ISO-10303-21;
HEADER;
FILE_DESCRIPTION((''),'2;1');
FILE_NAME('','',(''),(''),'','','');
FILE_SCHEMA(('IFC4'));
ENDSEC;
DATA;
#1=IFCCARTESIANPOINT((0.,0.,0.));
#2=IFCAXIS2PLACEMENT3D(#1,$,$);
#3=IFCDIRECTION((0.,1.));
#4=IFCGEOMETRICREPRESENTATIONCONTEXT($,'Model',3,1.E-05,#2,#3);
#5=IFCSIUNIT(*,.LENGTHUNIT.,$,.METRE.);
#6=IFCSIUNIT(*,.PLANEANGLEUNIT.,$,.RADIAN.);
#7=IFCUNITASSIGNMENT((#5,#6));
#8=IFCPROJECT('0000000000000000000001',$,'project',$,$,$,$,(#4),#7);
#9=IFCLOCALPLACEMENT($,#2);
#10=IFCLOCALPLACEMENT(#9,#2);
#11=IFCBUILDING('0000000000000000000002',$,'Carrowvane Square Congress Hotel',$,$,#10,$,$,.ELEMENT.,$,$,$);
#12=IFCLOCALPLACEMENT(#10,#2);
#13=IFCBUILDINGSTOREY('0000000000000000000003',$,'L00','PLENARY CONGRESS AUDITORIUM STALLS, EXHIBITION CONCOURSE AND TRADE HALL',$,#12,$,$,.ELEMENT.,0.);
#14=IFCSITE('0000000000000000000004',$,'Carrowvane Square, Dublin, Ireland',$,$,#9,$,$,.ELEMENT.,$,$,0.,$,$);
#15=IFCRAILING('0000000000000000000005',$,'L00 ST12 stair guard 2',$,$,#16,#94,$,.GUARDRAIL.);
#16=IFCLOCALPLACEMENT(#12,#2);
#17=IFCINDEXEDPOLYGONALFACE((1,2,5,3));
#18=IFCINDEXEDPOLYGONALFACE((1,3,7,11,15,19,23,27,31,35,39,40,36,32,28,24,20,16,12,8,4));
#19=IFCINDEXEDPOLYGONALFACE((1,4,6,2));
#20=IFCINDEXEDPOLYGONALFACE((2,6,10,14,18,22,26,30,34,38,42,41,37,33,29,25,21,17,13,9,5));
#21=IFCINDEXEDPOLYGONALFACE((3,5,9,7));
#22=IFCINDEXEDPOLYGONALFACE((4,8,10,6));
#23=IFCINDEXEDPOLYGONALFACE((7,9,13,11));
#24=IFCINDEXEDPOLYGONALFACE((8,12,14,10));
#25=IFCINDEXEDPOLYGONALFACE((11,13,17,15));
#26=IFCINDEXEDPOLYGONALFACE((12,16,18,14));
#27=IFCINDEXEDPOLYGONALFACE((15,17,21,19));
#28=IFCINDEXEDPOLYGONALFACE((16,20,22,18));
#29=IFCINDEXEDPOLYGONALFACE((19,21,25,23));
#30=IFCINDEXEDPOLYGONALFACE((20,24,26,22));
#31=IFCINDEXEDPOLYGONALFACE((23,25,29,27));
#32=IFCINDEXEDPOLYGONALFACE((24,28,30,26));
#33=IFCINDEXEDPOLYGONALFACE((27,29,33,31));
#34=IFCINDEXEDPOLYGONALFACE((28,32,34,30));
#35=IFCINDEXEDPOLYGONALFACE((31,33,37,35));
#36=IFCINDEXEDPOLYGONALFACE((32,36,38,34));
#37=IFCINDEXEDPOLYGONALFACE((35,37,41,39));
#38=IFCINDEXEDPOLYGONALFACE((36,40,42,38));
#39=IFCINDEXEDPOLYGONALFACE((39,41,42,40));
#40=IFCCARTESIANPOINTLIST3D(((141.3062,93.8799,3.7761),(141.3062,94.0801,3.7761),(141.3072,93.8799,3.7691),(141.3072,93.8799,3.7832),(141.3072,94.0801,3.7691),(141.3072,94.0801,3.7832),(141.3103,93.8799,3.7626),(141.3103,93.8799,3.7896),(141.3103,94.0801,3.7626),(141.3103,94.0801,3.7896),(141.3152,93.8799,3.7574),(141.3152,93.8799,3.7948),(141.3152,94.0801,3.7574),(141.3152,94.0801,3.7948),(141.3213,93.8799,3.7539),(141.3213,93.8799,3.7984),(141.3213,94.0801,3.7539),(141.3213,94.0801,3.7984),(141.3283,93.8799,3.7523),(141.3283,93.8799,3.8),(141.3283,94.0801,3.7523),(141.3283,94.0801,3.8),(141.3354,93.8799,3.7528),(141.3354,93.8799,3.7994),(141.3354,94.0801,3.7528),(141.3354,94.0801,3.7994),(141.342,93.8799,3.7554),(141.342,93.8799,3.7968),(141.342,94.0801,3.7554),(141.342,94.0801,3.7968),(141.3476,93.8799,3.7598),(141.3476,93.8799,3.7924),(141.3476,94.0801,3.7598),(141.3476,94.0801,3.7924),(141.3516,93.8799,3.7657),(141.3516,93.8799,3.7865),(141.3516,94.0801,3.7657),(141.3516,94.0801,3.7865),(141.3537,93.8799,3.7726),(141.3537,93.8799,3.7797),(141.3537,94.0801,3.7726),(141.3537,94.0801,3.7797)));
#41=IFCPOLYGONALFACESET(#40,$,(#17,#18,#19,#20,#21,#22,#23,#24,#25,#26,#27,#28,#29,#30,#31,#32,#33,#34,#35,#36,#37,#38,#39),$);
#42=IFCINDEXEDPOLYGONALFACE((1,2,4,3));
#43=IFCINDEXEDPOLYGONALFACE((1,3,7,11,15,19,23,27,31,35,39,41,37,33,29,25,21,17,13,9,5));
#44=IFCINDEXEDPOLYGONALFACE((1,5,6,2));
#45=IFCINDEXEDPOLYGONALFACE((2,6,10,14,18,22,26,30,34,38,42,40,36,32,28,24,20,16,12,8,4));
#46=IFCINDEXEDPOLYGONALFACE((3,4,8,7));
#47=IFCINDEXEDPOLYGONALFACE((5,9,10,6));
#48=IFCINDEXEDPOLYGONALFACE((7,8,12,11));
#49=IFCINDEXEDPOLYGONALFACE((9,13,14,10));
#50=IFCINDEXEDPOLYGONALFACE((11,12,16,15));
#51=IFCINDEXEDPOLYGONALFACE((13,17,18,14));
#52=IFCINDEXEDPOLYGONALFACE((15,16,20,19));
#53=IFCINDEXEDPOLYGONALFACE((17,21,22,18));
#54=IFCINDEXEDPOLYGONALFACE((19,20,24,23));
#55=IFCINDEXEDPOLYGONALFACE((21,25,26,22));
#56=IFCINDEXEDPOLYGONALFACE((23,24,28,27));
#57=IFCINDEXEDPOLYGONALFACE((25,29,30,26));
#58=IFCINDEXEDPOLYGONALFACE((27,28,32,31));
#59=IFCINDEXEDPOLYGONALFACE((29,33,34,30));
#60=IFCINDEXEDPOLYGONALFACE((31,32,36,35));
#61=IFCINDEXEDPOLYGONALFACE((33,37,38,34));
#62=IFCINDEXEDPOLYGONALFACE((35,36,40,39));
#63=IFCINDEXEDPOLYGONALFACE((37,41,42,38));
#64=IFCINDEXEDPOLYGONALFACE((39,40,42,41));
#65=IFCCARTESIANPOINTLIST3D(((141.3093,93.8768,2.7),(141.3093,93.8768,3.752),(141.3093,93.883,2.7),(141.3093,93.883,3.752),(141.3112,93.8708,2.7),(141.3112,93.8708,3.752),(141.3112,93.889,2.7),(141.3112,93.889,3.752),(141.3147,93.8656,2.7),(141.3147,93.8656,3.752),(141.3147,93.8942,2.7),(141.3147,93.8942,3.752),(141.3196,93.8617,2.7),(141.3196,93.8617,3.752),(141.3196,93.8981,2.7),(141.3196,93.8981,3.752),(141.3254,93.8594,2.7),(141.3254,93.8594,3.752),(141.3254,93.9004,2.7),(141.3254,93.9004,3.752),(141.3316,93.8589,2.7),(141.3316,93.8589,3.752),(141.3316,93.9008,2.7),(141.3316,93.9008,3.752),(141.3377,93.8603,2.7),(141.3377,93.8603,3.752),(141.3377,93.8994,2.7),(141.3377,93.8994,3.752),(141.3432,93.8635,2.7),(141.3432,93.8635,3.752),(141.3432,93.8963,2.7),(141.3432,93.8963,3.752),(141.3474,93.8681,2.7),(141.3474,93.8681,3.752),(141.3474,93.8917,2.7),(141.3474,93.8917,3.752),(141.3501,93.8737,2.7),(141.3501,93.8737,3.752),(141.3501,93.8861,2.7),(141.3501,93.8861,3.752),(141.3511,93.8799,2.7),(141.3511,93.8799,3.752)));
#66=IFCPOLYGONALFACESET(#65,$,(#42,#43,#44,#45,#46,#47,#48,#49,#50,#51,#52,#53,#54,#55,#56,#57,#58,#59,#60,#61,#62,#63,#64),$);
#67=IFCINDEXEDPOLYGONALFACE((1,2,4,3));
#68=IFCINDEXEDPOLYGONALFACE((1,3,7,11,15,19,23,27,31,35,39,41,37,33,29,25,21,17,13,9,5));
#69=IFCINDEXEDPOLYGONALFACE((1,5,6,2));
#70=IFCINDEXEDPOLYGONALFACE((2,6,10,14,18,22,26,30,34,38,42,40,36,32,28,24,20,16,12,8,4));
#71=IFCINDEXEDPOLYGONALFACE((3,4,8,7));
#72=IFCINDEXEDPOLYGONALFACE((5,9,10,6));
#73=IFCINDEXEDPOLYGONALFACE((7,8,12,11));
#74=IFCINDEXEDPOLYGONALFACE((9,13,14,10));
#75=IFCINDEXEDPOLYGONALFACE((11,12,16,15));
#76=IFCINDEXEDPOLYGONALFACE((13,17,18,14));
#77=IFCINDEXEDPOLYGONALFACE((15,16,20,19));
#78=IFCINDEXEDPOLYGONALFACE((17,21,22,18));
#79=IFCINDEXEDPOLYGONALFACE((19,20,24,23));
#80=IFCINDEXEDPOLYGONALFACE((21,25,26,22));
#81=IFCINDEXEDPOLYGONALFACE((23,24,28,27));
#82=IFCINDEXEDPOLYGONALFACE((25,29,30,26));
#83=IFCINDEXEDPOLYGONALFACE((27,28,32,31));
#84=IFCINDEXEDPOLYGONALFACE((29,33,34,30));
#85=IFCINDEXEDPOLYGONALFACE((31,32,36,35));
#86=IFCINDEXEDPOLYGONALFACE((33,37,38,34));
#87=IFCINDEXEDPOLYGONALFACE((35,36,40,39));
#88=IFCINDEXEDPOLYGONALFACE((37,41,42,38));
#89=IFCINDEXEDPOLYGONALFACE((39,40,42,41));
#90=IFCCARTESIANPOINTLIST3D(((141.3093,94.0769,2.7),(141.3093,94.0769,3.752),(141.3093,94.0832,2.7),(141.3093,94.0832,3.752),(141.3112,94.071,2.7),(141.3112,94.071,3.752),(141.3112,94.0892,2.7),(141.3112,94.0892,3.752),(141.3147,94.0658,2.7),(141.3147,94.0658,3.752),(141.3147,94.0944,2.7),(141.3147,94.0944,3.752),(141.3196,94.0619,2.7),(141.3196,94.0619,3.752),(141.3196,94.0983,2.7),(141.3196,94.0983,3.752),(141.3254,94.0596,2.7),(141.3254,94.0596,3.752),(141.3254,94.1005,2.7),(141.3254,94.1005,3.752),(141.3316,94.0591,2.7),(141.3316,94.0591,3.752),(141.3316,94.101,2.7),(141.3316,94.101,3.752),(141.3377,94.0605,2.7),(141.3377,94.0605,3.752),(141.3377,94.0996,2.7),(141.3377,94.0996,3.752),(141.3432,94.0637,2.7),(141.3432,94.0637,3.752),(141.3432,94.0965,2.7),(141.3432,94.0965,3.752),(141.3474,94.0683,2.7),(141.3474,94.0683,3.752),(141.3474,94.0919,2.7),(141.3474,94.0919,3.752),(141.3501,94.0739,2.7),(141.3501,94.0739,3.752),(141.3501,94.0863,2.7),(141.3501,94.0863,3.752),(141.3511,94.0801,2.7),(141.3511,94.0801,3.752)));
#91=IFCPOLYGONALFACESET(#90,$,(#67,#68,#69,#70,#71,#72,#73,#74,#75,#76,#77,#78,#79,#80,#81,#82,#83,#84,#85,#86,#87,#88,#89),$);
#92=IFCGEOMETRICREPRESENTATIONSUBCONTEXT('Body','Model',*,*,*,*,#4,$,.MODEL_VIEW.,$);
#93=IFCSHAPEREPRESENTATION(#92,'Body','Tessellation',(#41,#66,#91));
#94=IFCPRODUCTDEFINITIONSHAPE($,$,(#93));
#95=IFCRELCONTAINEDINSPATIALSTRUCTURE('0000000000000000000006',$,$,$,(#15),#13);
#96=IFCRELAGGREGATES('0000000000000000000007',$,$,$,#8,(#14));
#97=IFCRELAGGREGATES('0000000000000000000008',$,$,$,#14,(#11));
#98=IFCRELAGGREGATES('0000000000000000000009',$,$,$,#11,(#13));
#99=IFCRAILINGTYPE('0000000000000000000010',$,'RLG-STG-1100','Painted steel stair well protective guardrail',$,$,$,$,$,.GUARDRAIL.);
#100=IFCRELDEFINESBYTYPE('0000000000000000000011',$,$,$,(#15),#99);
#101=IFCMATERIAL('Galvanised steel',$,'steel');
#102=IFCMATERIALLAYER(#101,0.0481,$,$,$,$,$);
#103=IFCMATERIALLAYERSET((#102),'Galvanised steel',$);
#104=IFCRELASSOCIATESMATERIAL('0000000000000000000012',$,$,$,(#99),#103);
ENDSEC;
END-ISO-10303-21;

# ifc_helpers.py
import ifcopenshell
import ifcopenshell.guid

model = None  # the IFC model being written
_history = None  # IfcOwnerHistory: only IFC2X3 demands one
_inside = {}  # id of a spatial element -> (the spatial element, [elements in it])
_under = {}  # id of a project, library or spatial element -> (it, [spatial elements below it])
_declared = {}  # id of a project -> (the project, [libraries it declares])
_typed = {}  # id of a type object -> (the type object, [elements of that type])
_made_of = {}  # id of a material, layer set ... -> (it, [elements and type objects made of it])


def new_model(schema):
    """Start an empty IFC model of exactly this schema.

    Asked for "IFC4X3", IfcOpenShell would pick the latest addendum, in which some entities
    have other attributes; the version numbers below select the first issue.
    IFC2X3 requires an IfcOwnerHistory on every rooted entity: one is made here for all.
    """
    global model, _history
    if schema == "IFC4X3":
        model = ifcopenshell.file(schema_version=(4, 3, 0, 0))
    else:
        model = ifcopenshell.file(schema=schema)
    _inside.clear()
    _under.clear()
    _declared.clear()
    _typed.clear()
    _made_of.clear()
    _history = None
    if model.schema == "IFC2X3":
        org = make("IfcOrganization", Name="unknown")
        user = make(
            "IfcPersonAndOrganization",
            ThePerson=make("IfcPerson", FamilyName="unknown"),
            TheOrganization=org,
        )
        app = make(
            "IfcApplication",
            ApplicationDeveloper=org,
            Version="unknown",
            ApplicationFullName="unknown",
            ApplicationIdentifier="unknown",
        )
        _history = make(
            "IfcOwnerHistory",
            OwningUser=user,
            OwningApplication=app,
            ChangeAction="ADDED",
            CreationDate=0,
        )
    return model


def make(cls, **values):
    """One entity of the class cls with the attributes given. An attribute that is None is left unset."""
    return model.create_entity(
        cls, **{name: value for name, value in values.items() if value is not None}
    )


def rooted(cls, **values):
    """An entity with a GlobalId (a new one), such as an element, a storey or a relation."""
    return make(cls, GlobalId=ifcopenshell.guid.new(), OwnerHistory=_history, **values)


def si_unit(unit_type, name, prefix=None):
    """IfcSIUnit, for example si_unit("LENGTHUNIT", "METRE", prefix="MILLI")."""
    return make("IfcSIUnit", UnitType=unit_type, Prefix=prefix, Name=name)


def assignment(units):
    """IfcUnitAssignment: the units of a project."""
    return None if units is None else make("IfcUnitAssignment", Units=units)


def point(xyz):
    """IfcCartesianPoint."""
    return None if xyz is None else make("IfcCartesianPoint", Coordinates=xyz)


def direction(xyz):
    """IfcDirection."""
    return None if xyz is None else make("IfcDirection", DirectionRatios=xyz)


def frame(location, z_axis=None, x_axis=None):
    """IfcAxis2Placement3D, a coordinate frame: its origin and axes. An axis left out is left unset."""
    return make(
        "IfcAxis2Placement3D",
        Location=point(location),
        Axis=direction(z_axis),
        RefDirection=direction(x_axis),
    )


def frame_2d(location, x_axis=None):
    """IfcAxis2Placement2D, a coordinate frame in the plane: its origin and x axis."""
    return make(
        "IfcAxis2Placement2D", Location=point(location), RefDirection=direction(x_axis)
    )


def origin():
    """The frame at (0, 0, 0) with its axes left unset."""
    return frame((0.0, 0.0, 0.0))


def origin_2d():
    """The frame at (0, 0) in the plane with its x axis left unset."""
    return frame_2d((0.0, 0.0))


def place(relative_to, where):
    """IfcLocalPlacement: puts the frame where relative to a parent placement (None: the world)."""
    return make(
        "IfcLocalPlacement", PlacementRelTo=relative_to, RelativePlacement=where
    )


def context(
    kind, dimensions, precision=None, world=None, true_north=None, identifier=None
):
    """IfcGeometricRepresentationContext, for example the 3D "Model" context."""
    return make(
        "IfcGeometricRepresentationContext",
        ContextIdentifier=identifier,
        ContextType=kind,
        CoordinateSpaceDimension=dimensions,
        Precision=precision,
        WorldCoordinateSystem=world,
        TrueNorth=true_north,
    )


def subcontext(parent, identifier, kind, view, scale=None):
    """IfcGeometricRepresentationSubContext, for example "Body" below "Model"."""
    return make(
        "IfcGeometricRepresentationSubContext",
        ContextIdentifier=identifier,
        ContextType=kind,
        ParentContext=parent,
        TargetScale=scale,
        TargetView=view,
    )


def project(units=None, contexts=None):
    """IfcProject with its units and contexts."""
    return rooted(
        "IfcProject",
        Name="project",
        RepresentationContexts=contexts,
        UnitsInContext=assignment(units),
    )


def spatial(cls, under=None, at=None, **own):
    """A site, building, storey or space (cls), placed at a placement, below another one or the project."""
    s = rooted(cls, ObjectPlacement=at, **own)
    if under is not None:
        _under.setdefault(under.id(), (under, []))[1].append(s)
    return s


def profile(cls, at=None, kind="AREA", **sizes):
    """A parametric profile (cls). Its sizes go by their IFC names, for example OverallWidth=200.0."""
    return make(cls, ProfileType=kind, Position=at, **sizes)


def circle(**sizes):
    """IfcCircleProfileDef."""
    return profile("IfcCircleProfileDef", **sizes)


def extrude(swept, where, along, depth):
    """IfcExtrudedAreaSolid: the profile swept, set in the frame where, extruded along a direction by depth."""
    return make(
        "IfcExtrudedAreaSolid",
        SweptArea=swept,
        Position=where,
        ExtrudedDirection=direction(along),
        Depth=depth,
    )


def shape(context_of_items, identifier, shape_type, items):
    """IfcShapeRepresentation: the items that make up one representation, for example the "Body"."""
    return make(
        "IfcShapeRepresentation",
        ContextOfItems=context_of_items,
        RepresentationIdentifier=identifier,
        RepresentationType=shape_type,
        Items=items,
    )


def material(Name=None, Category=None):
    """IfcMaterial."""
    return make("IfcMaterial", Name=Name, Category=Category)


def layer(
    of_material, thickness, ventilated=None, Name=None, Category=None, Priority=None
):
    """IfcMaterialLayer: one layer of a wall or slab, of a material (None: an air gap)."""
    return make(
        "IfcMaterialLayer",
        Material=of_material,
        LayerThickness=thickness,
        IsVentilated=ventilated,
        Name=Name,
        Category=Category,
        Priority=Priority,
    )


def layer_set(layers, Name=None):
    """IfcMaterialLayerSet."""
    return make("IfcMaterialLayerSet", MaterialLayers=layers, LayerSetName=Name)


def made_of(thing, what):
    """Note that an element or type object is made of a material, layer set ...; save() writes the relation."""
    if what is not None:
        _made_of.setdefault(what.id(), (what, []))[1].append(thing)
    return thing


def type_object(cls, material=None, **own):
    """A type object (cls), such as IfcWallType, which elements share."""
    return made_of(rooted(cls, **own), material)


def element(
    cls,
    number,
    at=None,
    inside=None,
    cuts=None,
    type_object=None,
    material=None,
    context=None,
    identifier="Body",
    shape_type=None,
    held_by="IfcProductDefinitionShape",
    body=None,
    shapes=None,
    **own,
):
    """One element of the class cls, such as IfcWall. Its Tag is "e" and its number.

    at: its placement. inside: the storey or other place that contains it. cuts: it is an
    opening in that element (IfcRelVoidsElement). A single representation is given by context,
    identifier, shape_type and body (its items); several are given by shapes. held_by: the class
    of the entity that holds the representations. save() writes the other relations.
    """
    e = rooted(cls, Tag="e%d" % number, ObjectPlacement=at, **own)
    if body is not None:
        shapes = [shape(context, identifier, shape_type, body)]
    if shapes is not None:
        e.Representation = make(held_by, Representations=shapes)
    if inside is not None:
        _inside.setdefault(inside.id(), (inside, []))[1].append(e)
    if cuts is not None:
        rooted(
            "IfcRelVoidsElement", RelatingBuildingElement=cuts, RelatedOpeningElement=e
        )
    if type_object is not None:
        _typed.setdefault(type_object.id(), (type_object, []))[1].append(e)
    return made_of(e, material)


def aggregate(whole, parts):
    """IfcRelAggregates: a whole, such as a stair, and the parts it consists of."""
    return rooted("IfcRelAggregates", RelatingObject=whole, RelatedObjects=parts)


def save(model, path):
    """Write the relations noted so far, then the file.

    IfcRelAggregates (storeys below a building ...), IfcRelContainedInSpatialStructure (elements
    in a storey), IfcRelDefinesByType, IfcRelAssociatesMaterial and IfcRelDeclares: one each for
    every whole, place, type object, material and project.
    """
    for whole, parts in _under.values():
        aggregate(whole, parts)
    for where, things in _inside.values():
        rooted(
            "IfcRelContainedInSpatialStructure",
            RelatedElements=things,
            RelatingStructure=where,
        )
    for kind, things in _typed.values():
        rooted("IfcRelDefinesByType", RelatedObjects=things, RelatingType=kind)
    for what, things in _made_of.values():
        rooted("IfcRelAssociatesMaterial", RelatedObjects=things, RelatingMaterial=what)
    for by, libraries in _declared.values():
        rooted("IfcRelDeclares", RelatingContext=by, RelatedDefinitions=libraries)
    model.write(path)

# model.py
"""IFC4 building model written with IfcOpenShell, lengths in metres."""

from ifc_helpers import new_model, si_unit, direction, frame, origin, origin_2d, place, context, subcontext, project, spatial, circle, extrude, material, layer, layer_set, type_object, element, save


model = new_model("IFC4")

# Units and contexts
model_context = context("Model", 3, precision=1e-05, world=origin(), true_north=direction((0.0, 1.0)))
body_context = subcontext(model_context, "Body", "Model", "MODEL_VIEW")
ifc_project = project(units=[si_unit("LENGTHUNIT", "METRE"), si_unit("PLANEANGLEUNIT", "RADIAN")], contexts=[model_context])

# Site, building, storey
site_placement = place(None, origin())
site = spatial("IfcSite", under=ifc_project, at=site_placement, Name="Carrowvane Square, Dublin, Ireland", CompositionType="ELEMENT", RefElevation=0.0)
building_placement = place(site_placement, origin())
building = spatial("IfcBuilding", under=site, at=building_placement, Name="Carrowvane Square Congress Hotel", CompositionType="ELEMENT")
storey_placement = place(building_placement, origin())
storey = spatial("IfcBuildingStorey", under=building, at=storey_placement, Name="L00", Description="PLENARY CONGRESS AUDITORIUM STALLS, EXHIBITION CONCOURSE AND TRADE HALL", CompositionType="ELEMENT", Elevation=0.0)

# Railing
ifc_material_1 = material(Name="Galvanised steel", Category="steel")
ifc_layer_1 = layer(ifc_material_1, 0.0481)
ifc_layer_set_1 = layer_set([ifc_layer_1], Name="Galvanised steel")
railing_type_1 = type_object("IfcRailingType", Name="RLG-STG-1100", Description="Painted steel stair well protective guardrail", PredefinedType="GUARDRAIL", material=ifc_layer_set_1)
railing_1_placement = place(storey_placement, frame((141.3301, 93.8799, 2.7)))
element("IfcRailing", 1, at=railing_1_placement, inside=storey, type_object=railing_type_1, Name="L00 ST12 stair guard 2", PredefinedType="GUARDRAIL", context=body_context, shape_type="SweptSolid", body=[
    extrude(circle(Radius=0.0239, at=origin_2d()), frame((0.0, 0.0, 1.0762), z_axis=(0.0, 1.0, 0.0), x_axis=(-1.0, 0.0, 0.0)), (0.0, 0.0, 1.0), 0.2002),
    extrude(circle(Radius=0.021, at=origin_2d()), origin(), (0.0, 0.0, 1.0), 1.052),
    extrude(circle(Radius=0.021, at=origin_2d()), frame((0.0, 0.2002, 0.0)), (0.0, 0.0, 1.0), 1.052),
])

save(model, "model.ifc")
